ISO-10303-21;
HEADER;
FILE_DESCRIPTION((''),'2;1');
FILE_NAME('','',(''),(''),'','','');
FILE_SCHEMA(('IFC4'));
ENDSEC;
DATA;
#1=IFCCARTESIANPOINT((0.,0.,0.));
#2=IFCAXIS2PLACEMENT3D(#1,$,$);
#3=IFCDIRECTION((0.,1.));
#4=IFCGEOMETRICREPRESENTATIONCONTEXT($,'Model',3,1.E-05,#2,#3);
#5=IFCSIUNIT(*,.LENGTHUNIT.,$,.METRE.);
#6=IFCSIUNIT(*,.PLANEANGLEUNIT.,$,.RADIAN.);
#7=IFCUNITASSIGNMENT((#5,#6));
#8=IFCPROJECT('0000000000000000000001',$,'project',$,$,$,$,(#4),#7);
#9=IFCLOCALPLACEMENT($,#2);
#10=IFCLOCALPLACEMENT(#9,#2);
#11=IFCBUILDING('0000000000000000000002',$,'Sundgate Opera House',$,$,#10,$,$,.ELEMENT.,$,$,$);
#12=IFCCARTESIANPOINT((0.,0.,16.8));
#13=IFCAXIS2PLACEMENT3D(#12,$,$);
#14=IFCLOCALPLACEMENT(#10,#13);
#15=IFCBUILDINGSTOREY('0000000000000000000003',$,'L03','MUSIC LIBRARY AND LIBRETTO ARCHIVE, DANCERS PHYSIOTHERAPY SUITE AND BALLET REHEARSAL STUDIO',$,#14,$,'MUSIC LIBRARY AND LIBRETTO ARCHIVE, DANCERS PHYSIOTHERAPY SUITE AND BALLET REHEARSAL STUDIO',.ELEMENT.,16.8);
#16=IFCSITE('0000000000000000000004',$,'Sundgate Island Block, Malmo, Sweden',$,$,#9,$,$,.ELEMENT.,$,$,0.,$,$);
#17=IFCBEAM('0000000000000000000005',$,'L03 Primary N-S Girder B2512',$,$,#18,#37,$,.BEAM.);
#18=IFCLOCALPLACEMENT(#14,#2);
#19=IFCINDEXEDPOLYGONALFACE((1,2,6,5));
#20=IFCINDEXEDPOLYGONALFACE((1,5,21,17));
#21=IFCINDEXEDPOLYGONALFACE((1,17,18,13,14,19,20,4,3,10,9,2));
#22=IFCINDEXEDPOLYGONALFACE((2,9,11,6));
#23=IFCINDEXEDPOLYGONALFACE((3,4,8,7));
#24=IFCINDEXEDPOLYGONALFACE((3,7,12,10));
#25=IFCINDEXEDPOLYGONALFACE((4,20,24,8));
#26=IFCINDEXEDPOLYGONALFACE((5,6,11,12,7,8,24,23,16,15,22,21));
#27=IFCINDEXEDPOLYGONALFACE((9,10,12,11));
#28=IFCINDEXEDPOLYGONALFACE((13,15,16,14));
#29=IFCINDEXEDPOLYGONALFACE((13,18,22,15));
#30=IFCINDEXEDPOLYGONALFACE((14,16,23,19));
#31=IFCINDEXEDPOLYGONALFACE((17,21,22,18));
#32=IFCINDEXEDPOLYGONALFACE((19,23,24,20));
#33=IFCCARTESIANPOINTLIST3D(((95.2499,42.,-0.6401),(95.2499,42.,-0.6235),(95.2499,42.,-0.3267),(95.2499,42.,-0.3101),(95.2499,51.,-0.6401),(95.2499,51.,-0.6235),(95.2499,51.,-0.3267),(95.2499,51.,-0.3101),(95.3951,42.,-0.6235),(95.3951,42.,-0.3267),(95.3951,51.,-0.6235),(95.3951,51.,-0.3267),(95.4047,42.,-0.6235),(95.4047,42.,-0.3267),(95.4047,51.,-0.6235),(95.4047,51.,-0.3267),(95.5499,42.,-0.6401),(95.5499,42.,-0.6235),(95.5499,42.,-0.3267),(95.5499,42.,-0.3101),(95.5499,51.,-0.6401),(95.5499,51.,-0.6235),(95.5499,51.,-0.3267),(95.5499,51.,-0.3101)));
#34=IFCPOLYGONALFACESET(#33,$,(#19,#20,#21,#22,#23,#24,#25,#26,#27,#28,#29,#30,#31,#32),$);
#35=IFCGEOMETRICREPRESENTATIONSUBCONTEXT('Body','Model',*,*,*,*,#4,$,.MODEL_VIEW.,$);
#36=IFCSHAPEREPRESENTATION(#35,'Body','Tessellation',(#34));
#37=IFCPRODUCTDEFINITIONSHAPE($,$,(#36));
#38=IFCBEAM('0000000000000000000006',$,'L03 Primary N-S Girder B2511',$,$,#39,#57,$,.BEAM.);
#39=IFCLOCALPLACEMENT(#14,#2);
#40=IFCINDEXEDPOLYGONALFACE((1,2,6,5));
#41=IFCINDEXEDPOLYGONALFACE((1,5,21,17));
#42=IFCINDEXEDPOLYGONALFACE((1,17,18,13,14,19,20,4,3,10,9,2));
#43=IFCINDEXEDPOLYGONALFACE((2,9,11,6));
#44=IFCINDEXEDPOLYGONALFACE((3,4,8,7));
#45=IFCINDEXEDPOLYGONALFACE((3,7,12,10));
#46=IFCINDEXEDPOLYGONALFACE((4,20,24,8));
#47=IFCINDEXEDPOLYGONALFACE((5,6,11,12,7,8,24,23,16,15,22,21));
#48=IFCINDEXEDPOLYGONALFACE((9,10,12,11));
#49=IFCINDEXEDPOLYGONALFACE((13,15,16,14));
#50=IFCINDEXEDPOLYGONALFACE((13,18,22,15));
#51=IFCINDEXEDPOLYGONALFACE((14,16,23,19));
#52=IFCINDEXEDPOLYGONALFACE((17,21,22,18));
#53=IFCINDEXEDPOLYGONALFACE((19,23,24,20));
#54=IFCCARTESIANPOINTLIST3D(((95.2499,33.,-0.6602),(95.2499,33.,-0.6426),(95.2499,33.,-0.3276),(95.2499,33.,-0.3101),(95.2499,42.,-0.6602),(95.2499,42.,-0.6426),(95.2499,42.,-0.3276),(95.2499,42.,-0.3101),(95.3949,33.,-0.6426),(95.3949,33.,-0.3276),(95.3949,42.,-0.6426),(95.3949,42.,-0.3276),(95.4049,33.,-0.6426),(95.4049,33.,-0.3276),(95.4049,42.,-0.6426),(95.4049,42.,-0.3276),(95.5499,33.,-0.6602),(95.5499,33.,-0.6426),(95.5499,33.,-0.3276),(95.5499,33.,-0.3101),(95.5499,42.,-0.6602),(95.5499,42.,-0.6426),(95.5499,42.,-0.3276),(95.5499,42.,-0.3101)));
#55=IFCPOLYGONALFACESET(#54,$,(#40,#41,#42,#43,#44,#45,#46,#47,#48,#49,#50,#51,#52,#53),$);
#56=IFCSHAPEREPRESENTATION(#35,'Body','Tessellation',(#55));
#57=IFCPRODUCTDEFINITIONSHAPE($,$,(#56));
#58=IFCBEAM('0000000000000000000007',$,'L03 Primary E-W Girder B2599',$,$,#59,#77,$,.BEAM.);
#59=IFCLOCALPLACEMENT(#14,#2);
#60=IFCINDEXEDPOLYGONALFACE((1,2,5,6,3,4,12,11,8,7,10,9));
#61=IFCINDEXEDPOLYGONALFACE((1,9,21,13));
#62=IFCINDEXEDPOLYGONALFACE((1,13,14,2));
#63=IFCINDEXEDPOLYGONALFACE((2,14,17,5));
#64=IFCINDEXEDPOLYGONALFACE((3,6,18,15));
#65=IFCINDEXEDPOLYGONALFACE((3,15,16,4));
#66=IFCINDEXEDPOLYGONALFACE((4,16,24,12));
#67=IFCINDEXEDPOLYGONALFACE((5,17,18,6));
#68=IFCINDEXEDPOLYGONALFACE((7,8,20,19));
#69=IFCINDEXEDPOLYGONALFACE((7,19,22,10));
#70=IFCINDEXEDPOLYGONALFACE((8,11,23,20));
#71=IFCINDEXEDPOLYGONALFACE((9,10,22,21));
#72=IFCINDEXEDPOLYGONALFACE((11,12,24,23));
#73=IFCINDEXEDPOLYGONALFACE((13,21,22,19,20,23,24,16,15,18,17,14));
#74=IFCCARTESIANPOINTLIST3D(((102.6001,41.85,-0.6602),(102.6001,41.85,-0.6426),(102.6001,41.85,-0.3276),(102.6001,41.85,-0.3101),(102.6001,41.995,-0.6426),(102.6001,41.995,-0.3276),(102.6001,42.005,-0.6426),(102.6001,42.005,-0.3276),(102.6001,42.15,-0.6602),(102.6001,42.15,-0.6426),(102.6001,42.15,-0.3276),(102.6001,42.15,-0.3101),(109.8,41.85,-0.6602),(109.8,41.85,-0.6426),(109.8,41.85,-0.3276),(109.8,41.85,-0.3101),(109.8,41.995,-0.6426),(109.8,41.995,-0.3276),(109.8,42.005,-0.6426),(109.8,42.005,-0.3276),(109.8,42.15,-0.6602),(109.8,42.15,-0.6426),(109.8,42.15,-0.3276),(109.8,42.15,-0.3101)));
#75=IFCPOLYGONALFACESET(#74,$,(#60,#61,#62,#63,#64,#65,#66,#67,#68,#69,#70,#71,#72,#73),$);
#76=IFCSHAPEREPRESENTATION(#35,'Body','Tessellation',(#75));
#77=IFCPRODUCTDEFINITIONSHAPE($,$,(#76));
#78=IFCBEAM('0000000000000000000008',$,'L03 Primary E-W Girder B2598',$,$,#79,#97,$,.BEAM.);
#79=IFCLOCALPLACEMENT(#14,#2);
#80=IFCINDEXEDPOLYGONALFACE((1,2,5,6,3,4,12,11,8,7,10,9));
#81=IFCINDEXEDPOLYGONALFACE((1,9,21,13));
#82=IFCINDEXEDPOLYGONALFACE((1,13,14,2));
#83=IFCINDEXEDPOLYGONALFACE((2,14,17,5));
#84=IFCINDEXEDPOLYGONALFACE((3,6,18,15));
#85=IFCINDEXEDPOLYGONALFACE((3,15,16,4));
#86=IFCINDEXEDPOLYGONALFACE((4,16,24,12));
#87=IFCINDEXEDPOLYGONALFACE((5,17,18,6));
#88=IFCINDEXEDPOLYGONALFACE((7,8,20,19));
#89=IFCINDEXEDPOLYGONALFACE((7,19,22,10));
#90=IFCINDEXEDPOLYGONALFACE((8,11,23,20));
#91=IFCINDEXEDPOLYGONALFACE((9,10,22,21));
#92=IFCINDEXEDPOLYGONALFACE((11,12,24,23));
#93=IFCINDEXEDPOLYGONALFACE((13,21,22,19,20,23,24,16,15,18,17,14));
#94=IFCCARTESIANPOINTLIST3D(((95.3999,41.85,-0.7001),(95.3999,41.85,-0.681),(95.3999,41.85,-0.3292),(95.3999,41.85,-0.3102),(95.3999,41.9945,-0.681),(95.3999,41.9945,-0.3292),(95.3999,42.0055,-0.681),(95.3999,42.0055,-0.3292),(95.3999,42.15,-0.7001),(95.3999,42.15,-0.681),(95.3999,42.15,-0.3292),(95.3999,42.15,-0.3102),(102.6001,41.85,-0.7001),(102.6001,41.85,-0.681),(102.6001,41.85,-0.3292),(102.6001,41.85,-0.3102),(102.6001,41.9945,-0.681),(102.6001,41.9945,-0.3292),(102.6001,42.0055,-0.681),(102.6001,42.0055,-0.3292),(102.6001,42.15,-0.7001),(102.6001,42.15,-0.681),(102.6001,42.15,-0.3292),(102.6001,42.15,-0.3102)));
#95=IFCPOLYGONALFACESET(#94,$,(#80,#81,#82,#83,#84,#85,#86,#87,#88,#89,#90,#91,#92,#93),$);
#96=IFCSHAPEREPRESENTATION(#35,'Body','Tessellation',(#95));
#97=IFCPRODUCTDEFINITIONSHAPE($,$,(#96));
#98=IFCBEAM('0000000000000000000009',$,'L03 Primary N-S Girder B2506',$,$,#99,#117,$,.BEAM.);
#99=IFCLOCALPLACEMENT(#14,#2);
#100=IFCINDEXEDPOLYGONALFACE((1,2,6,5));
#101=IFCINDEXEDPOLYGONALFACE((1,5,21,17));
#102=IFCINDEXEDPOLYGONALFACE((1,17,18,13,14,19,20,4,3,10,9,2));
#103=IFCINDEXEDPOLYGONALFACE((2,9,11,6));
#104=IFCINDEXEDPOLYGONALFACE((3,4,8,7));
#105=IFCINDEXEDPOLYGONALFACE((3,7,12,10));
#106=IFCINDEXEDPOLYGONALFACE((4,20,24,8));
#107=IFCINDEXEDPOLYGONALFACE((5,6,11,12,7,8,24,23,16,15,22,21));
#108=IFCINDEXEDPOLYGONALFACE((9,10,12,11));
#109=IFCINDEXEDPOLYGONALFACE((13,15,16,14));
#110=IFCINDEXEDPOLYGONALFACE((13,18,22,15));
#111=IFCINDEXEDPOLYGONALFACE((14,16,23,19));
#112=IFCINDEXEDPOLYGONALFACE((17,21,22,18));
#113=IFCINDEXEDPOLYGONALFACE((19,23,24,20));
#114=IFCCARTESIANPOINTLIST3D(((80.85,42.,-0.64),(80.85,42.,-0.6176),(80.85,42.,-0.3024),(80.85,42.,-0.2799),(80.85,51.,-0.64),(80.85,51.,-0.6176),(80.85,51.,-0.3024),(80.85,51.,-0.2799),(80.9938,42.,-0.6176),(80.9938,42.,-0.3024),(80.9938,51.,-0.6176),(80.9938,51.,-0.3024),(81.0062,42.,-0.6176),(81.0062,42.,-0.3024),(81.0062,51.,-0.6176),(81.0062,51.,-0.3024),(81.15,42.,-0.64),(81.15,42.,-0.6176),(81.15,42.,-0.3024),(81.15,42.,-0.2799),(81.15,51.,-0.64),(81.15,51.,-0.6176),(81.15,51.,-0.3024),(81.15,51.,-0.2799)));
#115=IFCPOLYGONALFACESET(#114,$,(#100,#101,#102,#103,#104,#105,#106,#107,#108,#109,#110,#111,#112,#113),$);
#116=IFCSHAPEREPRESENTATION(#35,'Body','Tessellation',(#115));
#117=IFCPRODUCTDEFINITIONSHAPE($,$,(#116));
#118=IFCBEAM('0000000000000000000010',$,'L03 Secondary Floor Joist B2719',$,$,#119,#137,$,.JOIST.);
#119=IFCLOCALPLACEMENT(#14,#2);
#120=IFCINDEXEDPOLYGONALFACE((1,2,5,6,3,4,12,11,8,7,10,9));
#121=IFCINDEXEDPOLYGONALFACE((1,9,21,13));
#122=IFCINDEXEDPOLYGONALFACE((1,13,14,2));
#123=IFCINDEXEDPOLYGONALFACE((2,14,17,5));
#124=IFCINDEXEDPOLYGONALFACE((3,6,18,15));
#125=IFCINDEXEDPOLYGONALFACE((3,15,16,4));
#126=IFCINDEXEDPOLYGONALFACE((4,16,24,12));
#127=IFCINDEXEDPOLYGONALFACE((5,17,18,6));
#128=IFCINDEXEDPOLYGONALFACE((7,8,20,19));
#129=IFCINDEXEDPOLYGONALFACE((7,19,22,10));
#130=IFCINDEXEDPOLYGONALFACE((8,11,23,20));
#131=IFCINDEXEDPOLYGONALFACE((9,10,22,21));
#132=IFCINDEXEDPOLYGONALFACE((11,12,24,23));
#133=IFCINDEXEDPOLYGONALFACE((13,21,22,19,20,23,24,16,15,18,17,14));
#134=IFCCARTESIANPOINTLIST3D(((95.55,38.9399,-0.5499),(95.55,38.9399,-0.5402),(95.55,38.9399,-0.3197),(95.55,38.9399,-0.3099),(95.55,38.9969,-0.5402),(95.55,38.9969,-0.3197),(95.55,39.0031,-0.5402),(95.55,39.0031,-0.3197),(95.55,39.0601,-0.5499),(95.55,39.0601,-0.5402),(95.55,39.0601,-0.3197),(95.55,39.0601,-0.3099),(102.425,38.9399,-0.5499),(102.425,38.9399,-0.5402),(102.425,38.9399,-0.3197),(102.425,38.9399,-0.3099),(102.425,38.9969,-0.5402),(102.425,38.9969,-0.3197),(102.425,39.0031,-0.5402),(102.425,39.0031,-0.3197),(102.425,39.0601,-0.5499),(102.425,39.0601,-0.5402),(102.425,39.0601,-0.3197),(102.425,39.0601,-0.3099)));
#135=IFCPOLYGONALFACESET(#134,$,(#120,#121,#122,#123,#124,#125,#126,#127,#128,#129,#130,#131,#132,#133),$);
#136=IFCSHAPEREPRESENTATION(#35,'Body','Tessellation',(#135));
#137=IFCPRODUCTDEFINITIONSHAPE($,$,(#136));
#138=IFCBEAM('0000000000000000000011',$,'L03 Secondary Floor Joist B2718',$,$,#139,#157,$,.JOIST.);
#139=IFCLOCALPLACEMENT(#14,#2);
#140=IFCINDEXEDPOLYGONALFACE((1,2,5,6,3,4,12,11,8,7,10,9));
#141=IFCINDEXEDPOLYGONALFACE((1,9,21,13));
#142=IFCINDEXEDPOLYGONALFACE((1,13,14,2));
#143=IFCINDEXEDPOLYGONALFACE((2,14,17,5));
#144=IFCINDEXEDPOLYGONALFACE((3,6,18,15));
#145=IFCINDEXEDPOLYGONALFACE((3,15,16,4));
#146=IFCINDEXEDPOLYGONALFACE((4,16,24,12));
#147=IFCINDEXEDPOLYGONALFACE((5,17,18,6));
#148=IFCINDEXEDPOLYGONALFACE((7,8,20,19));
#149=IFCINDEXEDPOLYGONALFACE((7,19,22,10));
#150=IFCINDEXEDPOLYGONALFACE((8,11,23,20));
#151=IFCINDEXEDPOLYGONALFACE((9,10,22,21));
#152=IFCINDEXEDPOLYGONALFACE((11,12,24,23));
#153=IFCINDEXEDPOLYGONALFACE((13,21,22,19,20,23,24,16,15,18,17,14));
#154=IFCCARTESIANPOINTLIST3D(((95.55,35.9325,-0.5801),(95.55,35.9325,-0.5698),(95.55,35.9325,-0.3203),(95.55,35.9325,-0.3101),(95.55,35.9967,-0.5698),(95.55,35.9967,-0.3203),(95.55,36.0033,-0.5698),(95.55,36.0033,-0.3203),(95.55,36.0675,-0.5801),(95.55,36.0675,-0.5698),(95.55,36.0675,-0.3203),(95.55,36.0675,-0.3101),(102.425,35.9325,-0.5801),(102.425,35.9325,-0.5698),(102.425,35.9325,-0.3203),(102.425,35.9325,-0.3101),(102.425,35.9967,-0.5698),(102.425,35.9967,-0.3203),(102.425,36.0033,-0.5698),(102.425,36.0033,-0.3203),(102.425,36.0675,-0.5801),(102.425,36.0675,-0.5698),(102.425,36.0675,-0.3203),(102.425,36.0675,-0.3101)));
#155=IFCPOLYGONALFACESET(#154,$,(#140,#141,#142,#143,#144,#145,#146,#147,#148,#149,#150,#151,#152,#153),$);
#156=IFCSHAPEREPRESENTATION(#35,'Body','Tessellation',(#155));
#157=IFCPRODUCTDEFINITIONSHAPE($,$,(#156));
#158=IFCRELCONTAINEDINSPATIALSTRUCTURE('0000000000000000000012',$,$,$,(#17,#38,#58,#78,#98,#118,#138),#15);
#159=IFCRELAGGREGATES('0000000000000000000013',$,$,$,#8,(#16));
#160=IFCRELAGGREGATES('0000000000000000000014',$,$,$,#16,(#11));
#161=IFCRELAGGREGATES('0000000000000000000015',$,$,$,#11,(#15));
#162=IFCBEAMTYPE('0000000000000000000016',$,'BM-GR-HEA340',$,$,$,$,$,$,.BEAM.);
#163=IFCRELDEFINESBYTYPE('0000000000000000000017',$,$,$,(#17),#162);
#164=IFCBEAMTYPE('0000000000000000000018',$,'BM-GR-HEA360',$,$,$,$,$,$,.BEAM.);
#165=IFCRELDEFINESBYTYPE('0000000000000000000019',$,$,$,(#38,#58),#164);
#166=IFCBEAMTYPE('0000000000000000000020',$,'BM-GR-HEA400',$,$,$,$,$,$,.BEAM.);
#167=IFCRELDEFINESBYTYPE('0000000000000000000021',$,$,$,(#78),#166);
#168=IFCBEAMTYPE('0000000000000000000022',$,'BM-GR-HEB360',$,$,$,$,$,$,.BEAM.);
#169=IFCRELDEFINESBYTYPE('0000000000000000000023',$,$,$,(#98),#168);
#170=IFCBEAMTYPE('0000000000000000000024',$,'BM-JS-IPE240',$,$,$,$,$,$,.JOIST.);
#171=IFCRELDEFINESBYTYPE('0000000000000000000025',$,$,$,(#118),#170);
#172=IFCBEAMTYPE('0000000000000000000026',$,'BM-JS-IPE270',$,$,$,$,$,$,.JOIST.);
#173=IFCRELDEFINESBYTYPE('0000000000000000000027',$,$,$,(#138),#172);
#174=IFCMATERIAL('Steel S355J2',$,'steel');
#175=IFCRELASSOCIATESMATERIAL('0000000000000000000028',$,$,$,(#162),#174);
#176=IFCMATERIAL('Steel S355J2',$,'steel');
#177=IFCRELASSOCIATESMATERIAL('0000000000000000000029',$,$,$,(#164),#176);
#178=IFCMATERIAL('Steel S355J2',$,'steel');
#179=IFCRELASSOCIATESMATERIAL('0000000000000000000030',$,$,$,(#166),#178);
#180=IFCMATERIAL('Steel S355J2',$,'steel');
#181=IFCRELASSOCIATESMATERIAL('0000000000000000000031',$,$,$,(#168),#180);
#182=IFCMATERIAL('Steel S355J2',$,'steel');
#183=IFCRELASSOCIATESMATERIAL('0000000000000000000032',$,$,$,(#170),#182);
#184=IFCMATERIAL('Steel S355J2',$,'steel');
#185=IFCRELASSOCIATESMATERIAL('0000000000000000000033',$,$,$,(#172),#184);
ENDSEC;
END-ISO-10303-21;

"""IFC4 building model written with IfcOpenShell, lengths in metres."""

from ifc_helpers import new_model, si_unit, direction, frame, origin, origin_2d, place, context, subcontext, project, spatial, i_section, extrude, material, material_profile, profile_set, type_object, element, save


model = new_model("IFC4")

# Units and contexts
model_context = context("Model", 3, precision=1e-05, world=origin(), true_north=direction((0.0, 1.0)))
body_context = subcontext(model_context, "Body", "Model", "MODEL_VIEW")
ifc_project = project(units=[si_unit("LENGTHUNIT", "METRE"), si_unit("PLANEANGLEUNIT", "RADIAN")], contexts=[model_context])

# Site, building, storey
site_placement = place(None, origin())
site = spatial("IfcSite", under=ifc_project, at=site_placement, Name="Sundgate Island Block, Malmo, Sweden", CompositionType="ELEMENT", RefElevation=0.0)
building_placement = place(site_placement, origin())
building = spatial("IfcBuilding", under=site, at=building_placement, Name="Sundgate Opera House", CompositionType="ELEMENT")
storey_placement = place(building_placement, frame((0.0, 0.0, 16.8)))
storey = spatial("IfcBuildingStorey", under=building, at=storey_placement, Name="L03", Description="MUSIC LIBRARY AND LIBRETTO ARCHIVE, DANCERS PHYSIOTHERAPY SUITE AND BALLET REHEARSAL STUDIO", LongName="MUSIC LIBRARY AND LIBRETTO ARCHIVE, DANCERS PHYSIOTHERAPY SUITE AND BALLET REHEARSAL STUDIO", CompositionType="ELEMENT", Elevation=16.8)

# Beams
ifc_material_1 = material(Name="Steel S355J2", Category="steel")
ifc_material_profile_1 = material_profile(ifc_material_1, i_section(OverallWidth=0.3, OverallDepth=0.3301, WebThickness=0.0095, FlangeThickness=0.0166, at=origin_2d()), Name="HEA 340")
ifc_profile_set_1 = profile_set([ifc_material_profile_1], Name="Steel S355J2")
beam_type_1 = type_object("IfcBeamType", Name="BM-GR-HEA340", PredefinedType="BEAM", material=ifc_profile_set_1)
beam_1_placement = place(storey_placement, frame((95.3999, 42.0, -0.4751), z_axis=(0.0, 1.0, 0.0), x_axis=(-1.0, 0.0, 0.0)))
element("IfcBeam", 1, at=beam_1_placement, inside=storey, type_object=beam_type_1, Name="L03 Primary N-S Girder B2512", PredefinedType="BEAM", context=body_context, shape_type="SweptSolid", body=[
    extrude(i_section(OverallWidth=0.3, OverallDepth=0.3301, WebThickness=0.0095, FlangeThickness=0.0166, at=origin_2d()), origin(), (0.0, 0.0, 1.0), 9.0),
])
ifc_material_2 = material(Name="Steel S355J2", Category="steel")
ifc_material_profile_2 = material_profile(ifc_material_2, i_section(OverallWidth=0.3, OverallDepth=0.3501, WebThickness=0.01, FlangeThickness=0.0176, at=origin_2d()), Name="HEA 360")
ifc_profile_set_2 = profile_set([ifc_material_profile_2], Name="Steel S355J2")
beam_type_2 = type_object("IfcBeamType", Name="BM-GR-HEA360", PredefinedType="BEAM", material=ifc_profile_set_2)
beam_2_placement = place(storey_placement, frame((95.3999, 33.0, -0.4851), z_axis=(0.0, 1.0, 0.0), x_axis=(-1.0, 0.0, 0.0)))
element("IfcBeam", 2, at=beam_2_placement, inside=storey, type_object=beam_type_2, Name="L03 Primary N-S Girder B2511", PredefinedType="BEAM", context=body_context, shape_type="SweptSolid", body=[
    extrude(i_section(OverallWidth=0.3, OverallDepth=0.3501, WebThickness=0.01, FlangeThickness=0.0176, at=origin_2d()), origin(), (0.0, 0.0, 1.0), 9.0),
])
beam_3_placement = place(storey_placement, frame((102.6001, 42.0, -0.4851), z_axis=(1.0, 0.0, 0.0), x_axis=(0.0, 1.0, 0.0)))
element("IfcBeam", 3, at=beam_3_placement, inside=storey, type_object=beam_type_2, Name="L03 Primary E-W Girder B2599", PredefinedType="BEAM", context=body_context, shape_type="SweptSolid", body=[
    extrude(i_section(OverallWidth=0.3, OverallDepth=0.3501, WebThickness=0.01, FlangeThickness=0.0176, at=origin_2d()), origin(), (0.0, 0.0, 1.0), 7.2),
])
ifc_material_3 = material(Name="Steel S355J2", Category="steel")
ifc_material_profile_3 = material_profile(ifc_material_3, i_section(OverallWidth=0.3, OverallDepth=0.3899, WebThickness=0.011, FlangeThickness=0.019, at=origin_2d()), Name="HEA 400")
ifc_profile_set_3 = profile_set([ifc_material_profile_3], Name="Steel S355J2")
beam_type_3 = type_object("IfcBeamType", Name="BM-GR-HEA400", PredefinedType="BEAM", material=ifc_profile_set_3)
beam_4_placement = place(storey_placement, frame((95.3999, 42.0, -0.5051), z_axis=(1.0, 0.0, 0.0), x_axis=(0.0, 1.0, 0.0)))
element("IfcBeam", 4, at=beam_4_placement, inside=storey, type_object=beam_type_3, Name="L03 Primary E-W Girder B2598", PredefinedType="BEAM", context=body_context, shape_type="SweptSolid", body=[
    extrude(i_section(OverallWidth=0.3, OverallDepth=0.3899, WebThickness=0.011, FlangeThickness=0.019, at=origin_2d()), origin(), (0.0, 0.0, 1.0), 7.2002),
])
ifc_material_4 = material(Name="Steel S355J2", Category="steel")
ifc_material_profile_4 = material_profile(ifc_material_4, i_section(OverallWidth=0.3, OverallDepth=0.3601, WebThickness=0.0125, FlangeThickness=0.0225, at=origin_2d()), Name="HEB 360")
ifc_profile_set_4 = profile_set([ifc_material_profile_4], Name="Steel S355J2")
beam_type_4 = type_object("IfcBeamType", Name="BM-GR-HEB360", PredefinedType="BEAM", material=ifc_profile_set_4)
beam_5_placement = place(storey_placement, frame((81.0, 42.0, -0.46), z_axis=(0.0, 1.0, 0.0), x_axis=(-1.0, 0.0, 0.0)))
element("IfcBeam", 5, at=beam_5_placement, inside=storey, type_object=beam_type_4, Name="L03 Primary N-S Girder B2506", PredefinedType="BEAM", context=body_context, shape_type="SweptSolid", body=[
    extrude(i_section(OverallWidth=0.3, OverallDepth=0.3601, WebThickness=0.0125, FlangeThickness=0.0225, at=origin_2d()), origin(), (0.0, 0.0, 1.0), 9.0),
])
ifc_material_5 = material(Name="Steel S355J2", Category="steel")
ifc_material_profile_5 = material_profile(ifc_material_5, i_section(OverallWidth=0.1201, OverallDepth=0.24, WebThickness=0.0061, FlangeThickness=0.0098, at=origin_2d()), Name="IPE 240")
ifc_profile_set_5 = profile_set([ifc_material_profile_5], Name="Steel S355J2")
beam_type_5 = type_object("IfcBeamType", Name="BM-JS-IPE240", PredefinedType="JOIST", material=ifc_profile_set_5)
beam_6_placement = place(storey_placement, frame((95.55, 39.0, -0.4299), z_axis=(1.0, 0.0, 0.0), x_axis=(0.0, 1.0, 0.0)))
element("IfcBeam", 6, at=beam_6_placement, inside=storey, type_object=beam_type_5, Name="L03 Secondary Floor Joist B2719", PredefinedType="JOIST", context=body_context, shape_type="SweptSolid", body=[
    extrude(i_section(OverallWidth=0.1201, OverallDepth=0.24, WebThickness=0.0061, FlangeThickness=0.0098, at=origin_2d()), origin(), (0.0, 0.0, 1.0), 6.875),
])
ifc_material_6 = material(Name="Steel S355J2", Category="steel")
ifc_material_profile_6 = material_profile(ifc_material_6, i_section(OverallWidth=0.135, OverallDepth=0.27, WebThickness=0.0066, FlangeThickness=0.0103, at=origin_2d()), Name="IPE 270")
ifc_profile_set_6 = profile_set([ifc_material_profile_6], Name="Steel S355J2")
beam_type_6 = type_object("IfcBeamType", Name="BM-JS-IPE270", PredefinedType="JOIST", material=ifc_profile_set_6)
beam_7_placement = place(storey_placement, frame((95.55, 36.0, -0.4451), z_axis=(1.0, 0.0, 0.0), x_axis=(0.0, 1.0, 0.0)))
element("IfcBeam", 7, at=beam_7_placement, inside=storey, type_object=beam_type_6, Name="L03 Secondary Floor Joist B2718", PredefinedType="JOIST", context=body_context, shape_type="SweptSolid", body=[
    extrude(i_section(OverallWidth=0.135, OverallDepth=0.27, WebThickness=0.0066, FlangeThickness=0.0103, at=origin_2d()), origin(), (0.0, 0.0, 1.0), 6.875),
])

save(model, "model.ifc")
